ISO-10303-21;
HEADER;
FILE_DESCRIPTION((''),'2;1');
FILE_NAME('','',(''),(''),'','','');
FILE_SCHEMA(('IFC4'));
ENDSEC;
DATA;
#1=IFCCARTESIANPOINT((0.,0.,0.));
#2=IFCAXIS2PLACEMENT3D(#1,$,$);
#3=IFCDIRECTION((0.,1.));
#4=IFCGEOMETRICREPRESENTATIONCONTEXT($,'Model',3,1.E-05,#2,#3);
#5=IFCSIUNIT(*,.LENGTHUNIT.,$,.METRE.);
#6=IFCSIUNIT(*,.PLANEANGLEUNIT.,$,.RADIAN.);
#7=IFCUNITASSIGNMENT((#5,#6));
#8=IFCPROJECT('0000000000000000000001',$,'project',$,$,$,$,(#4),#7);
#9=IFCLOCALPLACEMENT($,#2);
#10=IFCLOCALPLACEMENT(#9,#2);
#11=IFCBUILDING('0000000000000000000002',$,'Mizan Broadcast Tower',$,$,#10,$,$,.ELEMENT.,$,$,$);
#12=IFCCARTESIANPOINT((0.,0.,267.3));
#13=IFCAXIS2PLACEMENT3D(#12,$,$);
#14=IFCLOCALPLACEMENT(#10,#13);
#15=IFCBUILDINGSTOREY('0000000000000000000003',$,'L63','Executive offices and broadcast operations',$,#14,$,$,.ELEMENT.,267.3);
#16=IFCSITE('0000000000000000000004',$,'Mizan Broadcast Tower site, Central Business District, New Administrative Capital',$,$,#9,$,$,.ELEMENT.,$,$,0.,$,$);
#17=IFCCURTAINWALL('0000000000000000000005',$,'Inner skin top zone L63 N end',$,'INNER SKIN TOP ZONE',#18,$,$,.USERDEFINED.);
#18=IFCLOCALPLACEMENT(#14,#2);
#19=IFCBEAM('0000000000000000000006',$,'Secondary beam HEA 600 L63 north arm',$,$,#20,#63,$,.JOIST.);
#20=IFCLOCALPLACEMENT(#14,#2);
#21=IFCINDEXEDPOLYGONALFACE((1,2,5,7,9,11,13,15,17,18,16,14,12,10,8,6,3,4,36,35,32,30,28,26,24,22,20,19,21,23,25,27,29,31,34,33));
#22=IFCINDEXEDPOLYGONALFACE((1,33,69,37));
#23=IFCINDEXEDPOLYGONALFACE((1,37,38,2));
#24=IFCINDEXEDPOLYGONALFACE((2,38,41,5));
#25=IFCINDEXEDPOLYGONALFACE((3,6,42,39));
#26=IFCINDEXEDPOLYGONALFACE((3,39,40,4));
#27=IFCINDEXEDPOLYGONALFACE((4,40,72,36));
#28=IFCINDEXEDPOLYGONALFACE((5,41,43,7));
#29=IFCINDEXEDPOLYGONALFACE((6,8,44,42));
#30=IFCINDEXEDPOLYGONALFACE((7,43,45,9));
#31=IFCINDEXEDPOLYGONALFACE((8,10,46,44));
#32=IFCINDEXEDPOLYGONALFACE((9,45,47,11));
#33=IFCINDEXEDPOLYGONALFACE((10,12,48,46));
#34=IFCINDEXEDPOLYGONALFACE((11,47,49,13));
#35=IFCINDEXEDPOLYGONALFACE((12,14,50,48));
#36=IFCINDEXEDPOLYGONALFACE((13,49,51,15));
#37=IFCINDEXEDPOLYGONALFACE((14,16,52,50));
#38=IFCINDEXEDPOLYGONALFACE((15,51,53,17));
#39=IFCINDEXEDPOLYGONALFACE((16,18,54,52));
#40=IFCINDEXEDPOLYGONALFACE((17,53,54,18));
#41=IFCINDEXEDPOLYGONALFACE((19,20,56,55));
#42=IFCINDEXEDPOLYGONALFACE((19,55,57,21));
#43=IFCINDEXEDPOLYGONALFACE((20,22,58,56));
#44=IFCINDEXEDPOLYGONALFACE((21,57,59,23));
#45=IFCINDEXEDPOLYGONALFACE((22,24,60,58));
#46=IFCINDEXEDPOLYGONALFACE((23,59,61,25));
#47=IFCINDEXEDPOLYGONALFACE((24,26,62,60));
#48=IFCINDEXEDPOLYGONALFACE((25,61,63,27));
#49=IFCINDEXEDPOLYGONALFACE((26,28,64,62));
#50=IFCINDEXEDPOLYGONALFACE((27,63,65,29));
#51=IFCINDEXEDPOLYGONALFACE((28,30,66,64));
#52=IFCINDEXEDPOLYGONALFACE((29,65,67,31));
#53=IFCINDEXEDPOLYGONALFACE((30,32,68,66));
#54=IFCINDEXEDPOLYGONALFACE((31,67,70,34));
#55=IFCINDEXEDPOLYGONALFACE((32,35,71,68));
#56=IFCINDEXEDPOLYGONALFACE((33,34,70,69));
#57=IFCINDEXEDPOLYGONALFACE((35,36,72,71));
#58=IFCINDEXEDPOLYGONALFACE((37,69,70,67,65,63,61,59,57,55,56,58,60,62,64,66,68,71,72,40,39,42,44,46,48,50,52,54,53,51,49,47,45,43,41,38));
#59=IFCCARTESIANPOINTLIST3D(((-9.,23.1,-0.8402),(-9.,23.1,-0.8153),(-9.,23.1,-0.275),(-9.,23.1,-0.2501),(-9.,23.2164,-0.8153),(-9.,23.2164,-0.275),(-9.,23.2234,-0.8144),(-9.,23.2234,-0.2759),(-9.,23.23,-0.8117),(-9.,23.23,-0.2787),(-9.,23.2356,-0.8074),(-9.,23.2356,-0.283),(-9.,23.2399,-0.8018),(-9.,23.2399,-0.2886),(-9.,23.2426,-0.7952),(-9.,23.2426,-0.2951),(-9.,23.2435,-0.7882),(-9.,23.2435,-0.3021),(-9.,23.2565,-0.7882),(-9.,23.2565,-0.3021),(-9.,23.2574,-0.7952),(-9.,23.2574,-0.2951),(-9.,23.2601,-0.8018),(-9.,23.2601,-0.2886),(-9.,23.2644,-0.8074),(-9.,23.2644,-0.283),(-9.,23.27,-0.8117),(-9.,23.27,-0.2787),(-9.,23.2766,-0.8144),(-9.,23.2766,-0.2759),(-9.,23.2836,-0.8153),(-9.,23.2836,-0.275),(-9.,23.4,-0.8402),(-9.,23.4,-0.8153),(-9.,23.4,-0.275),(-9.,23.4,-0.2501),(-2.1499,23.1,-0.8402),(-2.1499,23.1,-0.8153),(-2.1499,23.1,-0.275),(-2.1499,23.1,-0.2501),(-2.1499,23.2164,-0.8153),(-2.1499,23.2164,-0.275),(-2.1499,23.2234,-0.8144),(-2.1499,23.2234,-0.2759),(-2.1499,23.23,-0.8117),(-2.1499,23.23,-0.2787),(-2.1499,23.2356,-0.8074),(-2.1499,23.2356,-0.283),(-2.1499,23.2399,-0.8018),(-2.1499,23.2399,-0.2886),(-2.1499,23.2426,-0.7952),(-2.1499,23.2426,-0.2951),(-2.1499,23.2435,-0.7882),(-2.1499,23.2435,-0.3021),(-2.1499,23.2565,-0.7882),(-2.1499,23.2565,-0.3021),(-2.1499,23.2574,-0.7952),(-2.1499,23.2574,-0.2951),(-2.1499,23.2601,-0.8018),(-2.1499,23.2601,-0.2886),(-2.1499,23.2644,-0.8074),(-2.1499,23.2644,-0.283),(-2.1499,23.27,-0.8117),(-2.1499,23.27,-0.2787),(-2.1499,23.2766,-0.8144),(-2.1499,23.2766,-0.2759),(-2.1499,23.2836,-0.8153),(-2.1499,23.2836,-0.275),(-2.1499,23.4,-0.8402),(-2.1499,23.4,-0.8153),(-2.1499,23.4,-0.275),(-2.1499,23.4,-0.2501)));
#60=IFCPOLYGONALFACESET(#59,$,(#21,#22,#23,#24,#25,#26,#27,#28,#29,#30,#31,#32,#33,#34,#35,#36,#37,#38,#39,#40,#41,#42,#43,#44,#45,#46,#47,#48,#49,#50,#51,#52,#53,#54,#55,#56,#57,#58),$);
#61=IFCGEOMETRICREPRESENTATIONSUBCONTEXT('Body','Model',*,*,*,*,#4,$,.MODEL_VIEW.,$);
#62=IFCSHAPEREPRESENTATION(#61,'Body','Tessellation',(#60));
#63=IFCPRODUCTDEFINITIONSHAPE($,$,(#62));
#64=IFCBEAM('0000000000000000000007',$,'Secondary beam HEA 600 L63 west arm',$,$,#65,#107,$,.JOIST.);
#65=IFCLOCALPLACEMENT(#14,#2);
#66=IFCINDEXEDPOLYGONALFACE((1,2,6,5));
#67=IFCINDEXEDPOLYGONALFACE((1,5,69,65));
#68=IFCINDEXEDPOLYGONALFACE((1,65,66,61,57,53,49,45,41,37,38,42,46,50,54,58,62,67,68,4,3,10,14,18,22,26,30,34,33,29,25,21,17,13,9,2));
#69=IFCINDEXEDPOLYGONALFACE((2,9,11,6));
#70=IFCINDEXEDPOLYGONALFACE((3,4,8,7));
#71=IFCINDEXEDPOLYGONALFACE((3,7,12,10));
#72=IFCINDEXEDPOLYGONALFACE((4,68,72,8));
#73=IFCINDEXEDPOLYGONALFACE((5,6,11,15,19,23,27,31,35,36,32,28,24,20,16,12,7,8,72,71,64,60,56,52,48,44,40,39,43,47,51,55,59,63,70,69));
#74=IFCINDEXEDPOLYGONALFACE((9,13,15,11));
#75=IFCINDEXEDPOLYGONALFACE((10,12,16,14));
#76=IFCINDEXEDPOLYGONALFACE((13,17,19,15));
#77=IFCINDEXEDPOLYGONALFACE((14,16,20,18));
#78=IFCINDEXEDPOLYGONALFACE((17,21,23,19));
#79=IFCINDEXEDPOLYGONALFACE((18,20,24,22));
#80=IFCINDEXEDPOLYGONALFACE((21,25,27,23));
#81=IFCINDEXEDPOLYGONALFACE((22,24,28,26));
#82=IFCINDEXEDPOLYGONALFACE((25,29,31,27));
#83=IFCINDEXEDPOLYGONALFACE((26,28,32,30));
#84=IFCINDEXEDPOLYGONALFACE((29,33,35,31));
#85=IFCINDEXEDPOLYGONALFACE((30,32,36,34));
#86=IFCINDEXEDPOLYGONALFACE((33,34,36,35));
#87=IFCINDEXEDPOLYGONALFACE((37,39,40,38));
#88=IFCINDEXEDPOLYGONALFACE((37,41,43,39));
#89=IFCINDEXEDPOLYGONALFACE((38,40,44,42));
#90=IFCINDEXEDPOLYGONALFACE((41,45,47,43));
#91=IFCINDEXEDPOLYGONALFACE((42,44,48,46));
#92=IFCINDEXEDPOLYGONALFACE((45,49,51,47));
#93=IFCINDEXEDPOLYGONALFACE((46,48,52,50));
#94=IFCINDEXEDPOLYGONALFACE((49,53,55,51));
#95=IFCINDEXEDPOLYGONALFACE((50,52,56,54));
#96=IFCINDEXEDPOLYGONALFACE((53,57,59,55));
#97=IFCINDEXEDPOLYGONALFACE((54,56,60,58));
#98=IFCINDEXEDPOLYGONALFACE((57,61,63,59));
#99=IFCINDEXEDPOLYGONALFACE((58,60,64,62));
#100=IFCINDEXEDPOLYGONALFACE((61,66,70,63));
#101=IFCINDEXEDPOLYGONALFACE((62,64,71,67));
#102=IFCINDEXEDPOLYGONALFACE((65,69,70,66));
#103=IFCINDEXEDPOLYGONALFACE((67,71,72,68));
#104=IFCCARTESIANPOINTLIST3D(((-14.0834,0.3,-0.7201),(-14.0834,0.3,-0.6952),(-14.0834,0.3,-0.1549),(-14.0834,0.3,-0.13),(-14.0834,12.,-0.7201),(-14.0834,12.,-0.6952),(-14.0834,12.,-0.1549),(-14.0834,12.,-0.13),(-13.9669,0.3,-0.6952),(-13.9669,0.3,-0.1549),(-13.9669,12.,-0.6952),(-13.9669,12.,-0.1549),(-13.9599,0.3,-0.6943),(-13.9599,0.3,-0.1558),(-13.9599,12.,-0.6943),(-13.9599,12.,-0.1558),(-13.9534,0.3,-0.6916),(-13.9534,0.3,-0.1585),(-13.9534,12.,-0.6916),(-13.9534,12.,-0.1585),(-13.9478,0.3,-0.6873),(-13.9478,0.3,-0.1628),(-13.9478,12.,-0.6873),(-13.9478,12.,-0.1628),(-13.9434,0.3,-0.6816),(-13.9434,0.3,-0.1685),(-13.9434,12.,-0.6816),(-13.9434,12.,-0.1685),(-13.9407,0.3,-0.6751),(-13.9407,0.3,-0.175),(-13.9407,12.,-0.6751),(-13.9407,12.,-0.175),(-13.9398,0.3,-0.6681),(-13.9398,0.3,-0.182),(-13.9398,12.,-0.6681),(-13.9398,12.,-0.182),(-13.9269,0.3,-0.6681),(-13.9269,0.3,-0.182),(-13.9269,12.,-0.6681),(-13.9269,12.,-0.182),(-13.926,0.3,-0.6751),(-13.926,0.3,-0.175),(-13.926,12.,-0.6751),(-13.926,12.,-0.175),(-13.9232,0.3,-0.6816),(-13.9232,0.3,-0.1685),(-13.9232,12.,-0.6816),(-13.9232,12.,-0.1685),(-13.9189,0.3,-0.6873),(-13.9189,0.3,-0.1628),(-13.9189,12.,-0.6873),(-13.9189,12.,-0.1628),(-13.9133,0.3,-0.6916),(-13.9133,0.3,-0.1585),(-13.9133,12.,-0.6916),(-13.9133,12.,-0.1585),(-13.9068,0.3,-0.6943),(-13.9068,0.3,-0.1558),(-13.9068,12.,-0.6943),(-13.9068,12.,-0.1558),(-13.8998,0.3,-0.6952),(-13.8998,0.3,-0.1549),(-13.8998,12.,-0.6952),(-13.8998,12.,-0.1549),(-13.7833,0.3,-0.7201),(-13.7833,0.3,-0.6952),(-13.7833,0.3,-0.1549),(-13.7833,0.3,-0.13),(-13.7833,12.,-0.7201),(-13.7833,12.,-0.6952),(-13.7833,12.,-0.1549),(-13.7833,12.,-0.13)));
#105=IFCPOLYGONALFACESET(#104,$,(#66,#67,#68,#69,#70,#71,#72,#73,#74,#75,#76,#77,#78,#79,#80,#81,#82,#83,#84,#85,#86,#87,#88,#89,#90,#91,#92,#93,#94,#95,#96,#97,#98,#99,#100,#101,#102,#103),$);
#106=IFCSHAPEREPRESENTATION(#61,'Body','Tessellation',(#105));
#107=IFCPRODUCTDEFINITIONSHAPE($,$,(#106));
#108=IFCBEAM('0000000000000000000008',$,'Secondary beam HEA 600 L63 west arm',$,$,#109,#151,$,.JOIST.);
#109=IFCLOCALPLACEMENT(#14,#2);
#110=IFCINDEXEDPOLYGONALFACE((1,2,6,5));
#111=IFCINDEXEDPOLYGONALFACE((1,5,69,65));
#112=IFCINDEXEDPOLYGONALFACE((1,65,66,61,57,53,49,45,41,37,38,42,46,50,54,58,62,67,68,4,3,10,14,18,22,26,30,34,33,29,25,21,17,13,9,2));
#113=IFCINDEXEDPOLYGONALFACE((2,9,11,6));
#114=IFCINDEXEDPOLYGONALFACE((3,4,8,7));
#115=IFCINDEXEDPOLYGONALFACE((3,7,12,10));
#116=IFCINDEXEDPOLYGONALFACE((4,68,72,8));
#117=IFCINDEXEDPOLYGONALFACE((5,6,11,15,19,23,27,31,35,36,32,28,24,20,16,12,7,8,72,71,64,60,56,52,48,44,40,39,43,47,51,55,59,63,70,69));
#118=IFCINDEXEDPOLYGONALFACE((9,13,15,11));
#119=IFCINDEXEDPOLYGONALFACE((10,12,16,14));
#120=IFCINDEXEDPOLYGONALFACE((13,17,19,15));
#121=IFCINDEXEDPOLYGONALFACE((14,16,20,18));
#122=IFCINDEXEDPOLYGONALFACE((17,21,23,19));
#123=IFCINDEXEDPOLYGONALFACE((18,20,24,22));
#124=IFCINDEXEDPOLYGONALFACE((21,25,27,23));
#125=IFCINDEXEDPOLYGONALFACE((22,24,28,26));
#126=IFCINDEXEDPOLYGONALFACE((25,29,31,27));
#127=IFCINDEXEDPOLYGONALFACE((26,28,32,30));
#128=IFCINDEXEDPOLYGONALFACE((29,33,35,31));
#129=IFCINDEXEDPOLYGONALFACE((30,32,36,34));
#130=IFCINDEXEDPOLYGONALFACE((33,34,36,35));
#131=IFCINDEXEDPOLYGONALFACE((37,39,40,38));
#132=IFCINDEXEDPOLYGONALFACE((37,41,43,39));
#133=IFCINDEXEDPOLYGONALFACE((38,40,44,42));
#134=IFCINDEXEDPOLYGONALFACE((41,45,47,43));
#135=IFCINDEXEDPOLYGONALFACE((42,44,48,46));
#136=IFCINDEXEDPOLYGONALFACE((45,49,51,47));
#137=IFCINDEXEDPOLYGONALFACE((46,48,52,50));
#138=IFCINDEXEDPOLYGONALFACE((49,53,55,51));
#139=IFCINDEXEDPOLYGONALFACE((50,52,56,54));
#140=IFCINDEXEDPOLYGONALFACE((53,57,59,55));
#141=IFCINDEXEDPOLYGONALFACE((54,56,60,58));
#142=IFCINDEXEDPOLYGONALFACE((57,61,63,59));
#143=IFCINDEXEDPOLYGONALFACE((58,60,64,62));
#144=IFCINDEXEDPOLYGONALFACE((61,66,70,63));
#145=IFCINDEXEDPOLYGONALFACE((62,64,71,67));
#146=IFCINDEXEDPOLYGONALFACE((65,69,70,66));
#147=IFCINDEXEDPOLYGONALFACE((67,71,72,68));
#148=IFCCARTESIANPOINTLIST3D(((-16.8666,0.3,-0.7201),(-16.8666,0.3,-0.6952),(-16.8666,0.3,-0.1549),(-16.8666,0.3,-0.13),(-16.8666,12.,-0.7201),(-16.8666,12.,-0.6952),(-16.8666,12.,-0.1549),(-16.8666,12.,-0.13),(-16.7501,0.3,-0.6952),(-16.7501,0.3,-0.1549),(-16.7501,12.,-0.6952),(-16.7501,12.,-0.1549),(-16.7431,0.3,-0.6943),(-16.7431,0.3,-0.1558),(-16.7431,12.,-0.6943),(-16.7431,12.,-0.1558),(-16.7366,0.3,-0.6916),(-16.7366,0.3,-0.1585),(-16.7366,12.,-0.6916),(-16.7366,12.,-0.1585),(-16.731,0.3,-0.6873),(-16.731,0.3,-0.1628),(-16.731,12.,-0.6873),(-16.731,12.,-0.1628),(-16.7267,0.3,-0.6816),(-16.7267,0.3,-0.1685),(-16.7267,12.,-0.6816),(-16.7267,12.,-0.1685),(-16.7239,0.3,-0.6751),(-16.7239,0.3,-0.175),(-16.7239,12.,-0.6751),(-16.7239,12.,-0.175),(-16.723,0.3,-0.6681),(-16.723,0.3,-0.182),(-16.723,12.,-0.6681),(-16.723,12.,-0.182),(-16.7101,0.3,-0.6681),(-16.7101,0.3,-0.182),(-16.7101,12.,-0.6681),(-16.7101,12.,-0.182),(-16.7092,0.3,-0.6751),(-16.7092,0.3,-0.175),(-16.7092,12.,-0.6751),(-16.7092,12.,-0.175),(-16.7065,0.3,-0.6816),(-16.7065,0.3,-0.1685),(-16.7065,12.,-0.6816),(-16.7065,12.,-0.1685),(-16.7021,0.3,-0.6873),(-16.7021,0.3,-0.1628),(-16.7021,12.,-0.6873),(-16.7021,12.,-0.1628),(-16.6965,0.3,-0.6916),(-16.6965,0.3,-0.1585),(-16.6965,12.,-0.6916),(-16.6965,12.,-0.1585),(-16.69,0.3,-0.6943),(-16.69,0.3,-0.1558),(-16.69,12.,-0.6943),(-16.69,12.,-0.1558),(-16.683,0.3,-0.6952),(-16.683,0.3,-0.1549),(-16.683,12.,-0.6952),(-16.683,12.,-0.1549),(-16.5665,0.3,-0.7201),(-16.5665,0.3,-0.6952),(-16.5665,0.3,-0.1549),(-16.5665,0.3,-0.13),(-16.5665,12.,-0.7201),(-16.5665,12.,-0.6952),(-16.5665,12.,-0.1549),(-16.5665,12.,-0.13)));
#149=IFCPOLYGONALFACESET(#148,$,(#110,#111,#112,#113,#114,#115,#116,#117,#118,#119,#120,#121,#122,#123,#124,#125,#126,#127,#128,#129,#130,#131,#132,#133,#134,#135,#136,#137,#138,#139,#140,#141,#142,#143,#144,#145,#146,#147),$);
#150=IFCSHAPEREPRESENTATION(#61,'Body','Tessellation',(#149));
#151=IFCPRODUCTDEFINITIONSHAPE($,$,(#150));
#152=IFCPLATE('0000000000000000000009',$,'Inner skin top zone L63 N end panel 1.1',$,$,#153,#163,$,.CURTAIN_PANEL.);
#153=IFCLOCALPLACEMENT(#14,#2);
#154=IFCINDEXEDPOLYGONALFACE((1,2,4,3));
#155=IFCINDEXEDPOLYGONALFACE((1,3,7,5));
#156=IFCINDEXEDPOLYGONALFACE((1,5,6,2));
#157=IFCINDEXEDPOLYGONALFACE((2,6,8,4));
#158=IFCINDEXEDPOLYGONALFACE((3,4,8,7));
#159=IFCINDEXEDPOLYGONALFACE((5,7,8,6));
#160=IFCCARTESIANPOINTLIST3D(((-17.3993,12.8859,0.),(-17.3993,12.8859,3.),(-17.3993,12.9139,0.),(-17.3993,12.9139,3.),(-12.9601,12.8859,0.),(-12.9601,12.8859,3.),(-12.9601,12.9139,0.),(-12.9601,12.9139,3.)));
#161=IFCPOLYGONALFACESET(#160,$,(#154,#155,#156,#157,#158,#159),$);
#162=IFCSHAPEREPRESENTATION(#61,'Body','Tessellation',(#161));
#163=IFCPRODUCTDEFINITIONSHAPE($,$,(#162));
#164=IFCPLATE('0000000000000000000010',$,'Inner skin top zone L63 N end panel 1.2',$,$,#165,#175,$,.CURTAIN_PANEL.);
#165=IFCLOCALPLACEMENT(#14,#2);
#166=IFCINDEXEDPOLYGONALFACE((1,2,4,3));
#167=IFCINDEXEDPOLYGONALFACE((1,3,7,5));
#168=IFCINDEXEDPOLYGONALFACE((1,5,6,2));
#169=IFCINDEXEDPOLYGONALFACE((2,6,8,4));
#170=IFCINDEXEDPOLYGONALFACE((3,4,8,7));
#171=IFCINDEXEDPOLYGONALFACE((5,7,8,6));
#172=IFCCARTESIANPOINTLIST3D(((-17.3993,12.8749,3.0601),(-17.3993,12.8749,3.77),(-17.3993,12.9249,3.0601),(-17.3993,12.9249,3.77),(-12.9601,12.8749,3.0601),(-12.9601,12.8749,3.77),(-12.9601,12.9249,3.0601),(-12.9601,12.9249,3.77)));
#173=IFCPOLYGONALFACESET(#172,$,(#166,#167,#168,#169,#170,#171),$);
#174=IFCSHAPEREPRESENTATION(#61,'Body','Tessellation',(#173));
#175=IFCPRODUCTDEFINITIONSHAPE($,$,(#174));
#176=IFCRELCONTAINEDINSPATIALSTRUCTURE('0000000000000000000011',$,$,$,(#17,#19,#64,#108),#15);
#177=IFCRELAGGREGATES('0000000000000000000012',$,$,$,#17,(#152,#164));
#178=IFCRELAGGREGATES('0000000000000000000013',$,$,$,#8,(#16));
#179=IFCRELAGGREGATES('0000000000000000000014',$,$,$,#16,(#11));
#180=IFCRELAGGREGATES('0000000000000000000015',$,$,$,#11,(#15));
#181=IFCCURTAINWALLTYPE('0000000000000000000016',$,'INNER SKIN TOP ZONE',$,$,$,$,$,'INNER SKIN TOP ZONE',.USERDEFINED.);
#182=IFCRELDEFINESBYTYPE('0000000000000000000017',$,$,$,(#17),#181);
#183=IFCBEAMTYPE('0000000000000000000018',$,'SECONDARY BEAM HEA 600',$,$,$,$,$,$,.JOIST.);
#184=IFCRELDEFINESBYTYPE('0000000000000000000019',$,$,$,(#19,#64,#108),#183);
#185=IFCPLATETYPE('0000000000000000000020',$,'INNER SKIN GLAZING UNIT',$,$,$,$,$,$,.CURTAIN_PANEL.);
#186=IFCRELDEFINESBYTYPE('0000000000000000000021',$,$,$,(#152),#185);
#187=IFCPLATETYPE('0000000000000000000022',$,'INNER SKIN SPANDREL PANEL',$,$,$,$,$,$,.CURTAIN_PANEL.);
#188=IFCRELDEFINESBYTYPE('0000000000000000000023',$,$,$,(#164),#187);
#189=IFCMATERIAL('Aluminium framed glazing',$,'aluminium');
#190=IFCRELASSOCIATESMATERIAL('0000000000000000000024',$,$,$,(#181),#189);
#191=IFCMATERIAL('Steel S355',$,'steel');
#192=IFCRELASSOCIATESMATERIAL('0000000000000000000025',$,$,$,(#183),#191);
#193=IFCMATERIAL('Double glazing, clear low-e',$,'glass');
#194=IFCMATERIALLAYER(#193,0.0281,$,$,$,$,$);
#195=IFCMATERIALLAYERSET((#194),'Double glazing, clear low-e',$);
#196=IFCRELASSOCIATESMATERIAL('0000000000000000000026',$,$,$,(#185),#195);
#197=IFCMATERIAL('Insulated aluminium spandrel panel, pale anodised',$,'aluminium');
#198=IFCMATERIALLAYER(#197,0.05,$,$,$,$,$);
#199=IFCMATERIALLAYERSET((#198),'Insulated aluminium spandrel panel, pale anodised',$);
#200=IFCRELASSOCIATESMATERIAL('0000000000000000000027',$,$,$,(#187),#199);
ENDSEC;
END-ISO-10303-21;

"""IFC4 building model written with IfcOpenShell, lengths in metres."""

from ifc_helpers import new_model, si_unit, direction, frame, origin, origin_2d, place, context, subcontext, project, spatial, rectangle, i_section, extrude, material, layer, layer_set, material_profile, profile_set, type_object, element, aggregate, save


model = new_model("IFC4")

# Units and contexts
model_context = context("Model", 3, precision=1e-05, world=origin(), true_north=direction((0.0, 1.0)))
body_context = subcontext(model_context, "Body", "Model", "MODEL_VIEW")
ifc_project = project(units=[si_unit("LENGTHUNIT", "METRE"), si_unit("PLANEANGLEUNIT", "RADIAN")], contexts=[model_context])

# Site, building, storey
site_placement = place(None, origin())
site = spatial("IfcSite", under=ifc_project, at=site_placement, Name="Mizan Broadcast Tower site, Central Business District, New Administrative Capital", CompositionType="ELEMENT", RefElevation=0.0)
building_placement = place(site_placement, origin())
building = spatial("IfcBuilding", under=site, at=building_placement, Name="Mizan Broadcast Tower", CompositionType="ELEMENT")
storey_placement = place(building_placement, frame((0.0, 0.0, 267.3)))
storey = spatial("IfcBuildingStorey", under=building, at=storey_placement, Name="L63", Description="Executive offices and broadcast operations", CompositionType="ELEMENT", Elevation=267.3)

# Curtain wall
ifc_material_1 = material(Name="Aluminium framed glazing", Category="aluminium")
curtain_wall_type_1 = type_object("IfcCurtainWallType", Name="INNER SKIN TOP ZONE", ElementType="INNER SKIN TOP ZONE", PredefinedType="USERDEFINED", material=ifc_material_1)
curtain_wall_1_placement = place(storey_placement, origin())
curtain_wall_1 = element("IfcCurtainWall", 1, at=curtain_wall_1_placement, inside=storey, type_object=curtain_wall_type_1, Name="Inner skin top zone L63 N end", ObjectType="INNER SKIN TOP ZONE", PredefinedType="USERDEFINED")

# Beams
ifc_material_2 = material(Name="Steel S355", Category="steel")
ifc_material_profile_1 = material_profile(ifc_material_2, i_section(OverallWidth=0.3, OverallDepth=0.5901, WebThickness=0.0129, FlangeThickness=0.0249, FilletRadius=0.0271, at=origin_2d()), Name="HEA 600")
ifc_profile_set_1 = profile_set([ifc_material_profile_1], Name="Steel S355")
beam_type_1 = type_object("IfcBeamType", Name="SECONDARY BEAM HEA 600", PredefinedType="JOIST", material=ifc_profile_set_1)
beam_1_placement = place(storey_placement, frame((-9.0, 23.25, -0.5452), z_axis=(1.0, 0.0, 0.0), x_axis=(0.0, 1.0, 0.0)))
element("IfcBeam", 2, at=beam_1_placement, inside=storey, type_object=beam_type_1, Name="Secondary beam HEA 600 L63 north arm", PredefinedType="JOIST", context=body_context, shape_type="SweptSolid", body=[
    extrude(i_section(OverallWidth=0.3, OverallDepth=0.5901, WebThickness=0.0129, FlangeThickness=0.0249, FilletRadius=0.0271, at=origin_2d()), origin(), (0.0, 0.0, 1.0), 6.8501),
])
for number, where, z_axis, x_axis, name in (
    (3, (-13.9333, 12.0, -0.425), (0.0, -1.0, 0.0), (1.0, 0.0, 0.0), "Secondary beam HEA 600 L63 west arm"),
    (4, (-16.7166, 12.0, -0.425), (0.0, -1.0, 0.0), (1.0, 0.0, 0.0), "Secondary beam HEA 600 L63 west arm"),
):
    element("IfcBeam", number, at=place(storey_placement, frame(where, z_axis=z_axis, x_axis=x_axis)), inside=storey, type_object=beam_type_1, Name=name, PredefinedType="JOIST", context=body_context, shape_type="SweptSolid", body=[
        extrude(i_section(OverallWidth=0.3, OverallDepth=0.5901, WebThickness=0.0129, FlangeThickness=0.0249, FilletRadius=0.0271, at=origin_2d()), origin(), (0.0, 0.0, 1.0), 11.7),
    ])

# Plates
ifc_material_3 = material(Name="Double glazing, clear low-e", Category="glass")
ifc_layer_1 = layer(ifc_material_3, 0.0281)
ifc_layer_set_1 = layer_set([ifc_layer_1], Name="Double glazing, clear low-e")
plate_type_1 = type_object("IfcPlateType", Name="INNER SKIN GLAZING UNIT", PredefinedType="CURTAIN_PANEL", material=ifc_layer_set_1)
plate_1_placement = place(storey_placement, frame((-15.1797, 12.8999, 0.0), z_axis=(0.0, 0.0, 1.0), x_axis=(-1.0, 0.0, 0.0)))
plate_1 = element("IfcPlate", 5, at=plate_1_placement, type_object=plate_type_1, Name="Inner skin top zone L63 N end panel 1.1", PredefinedType="CURTAIN_PANEL", context=body_context, shape_type="SweptSolid", body=[
    extrude(rectangle(XDim=4.4392, YDim=0.0281, at=origin_2d()), origin(), (0.0, 0.0, 1.0), 3.0),
])
ifc_material_4 = material(Name="Insulated aluminium spandrel panel, pale anodised", Category="aluminium")
ifc_layer_2 = layer(ifc_material_4, 0.05)
ifc_layer_set_2 = layer_set([ifc_layer_2], Name="Insulated aluminium spandrel panel, pale anodised")
plate_type_2 = type_object("IfcPlateType", Name="INNER SKIN SPANDREL PANEL", PredefinedType="CURTAIN_PANEL", material=ifc_layer_set_2)
plate_2_placement = place(storey_placement, frame((-15.1797, 12.8999, 3.0601), z_axis=(0.0, 0.0, 1.0), x_axis=(-1.0, 0.0, 0.0)))
plate_2 = element("IfcPlate", 6, at=plate_2_placement, type_object=plate_type_2, Name="Inner skin top zone L63 N end panel 1.2", PredefinedType="CURTAIN_PANEL", context=body_context, shape_type="SweptSolid", body=[
    extrude(rectangle(XDim=4.4392, YDim=0.05, at=origin_2d()), origin(), (0.0, 0.0, 1.0), 0.71),
])
aggregate(curtain_wall_1, [plate_1, plate_2])

save(model, "model.ifc")
